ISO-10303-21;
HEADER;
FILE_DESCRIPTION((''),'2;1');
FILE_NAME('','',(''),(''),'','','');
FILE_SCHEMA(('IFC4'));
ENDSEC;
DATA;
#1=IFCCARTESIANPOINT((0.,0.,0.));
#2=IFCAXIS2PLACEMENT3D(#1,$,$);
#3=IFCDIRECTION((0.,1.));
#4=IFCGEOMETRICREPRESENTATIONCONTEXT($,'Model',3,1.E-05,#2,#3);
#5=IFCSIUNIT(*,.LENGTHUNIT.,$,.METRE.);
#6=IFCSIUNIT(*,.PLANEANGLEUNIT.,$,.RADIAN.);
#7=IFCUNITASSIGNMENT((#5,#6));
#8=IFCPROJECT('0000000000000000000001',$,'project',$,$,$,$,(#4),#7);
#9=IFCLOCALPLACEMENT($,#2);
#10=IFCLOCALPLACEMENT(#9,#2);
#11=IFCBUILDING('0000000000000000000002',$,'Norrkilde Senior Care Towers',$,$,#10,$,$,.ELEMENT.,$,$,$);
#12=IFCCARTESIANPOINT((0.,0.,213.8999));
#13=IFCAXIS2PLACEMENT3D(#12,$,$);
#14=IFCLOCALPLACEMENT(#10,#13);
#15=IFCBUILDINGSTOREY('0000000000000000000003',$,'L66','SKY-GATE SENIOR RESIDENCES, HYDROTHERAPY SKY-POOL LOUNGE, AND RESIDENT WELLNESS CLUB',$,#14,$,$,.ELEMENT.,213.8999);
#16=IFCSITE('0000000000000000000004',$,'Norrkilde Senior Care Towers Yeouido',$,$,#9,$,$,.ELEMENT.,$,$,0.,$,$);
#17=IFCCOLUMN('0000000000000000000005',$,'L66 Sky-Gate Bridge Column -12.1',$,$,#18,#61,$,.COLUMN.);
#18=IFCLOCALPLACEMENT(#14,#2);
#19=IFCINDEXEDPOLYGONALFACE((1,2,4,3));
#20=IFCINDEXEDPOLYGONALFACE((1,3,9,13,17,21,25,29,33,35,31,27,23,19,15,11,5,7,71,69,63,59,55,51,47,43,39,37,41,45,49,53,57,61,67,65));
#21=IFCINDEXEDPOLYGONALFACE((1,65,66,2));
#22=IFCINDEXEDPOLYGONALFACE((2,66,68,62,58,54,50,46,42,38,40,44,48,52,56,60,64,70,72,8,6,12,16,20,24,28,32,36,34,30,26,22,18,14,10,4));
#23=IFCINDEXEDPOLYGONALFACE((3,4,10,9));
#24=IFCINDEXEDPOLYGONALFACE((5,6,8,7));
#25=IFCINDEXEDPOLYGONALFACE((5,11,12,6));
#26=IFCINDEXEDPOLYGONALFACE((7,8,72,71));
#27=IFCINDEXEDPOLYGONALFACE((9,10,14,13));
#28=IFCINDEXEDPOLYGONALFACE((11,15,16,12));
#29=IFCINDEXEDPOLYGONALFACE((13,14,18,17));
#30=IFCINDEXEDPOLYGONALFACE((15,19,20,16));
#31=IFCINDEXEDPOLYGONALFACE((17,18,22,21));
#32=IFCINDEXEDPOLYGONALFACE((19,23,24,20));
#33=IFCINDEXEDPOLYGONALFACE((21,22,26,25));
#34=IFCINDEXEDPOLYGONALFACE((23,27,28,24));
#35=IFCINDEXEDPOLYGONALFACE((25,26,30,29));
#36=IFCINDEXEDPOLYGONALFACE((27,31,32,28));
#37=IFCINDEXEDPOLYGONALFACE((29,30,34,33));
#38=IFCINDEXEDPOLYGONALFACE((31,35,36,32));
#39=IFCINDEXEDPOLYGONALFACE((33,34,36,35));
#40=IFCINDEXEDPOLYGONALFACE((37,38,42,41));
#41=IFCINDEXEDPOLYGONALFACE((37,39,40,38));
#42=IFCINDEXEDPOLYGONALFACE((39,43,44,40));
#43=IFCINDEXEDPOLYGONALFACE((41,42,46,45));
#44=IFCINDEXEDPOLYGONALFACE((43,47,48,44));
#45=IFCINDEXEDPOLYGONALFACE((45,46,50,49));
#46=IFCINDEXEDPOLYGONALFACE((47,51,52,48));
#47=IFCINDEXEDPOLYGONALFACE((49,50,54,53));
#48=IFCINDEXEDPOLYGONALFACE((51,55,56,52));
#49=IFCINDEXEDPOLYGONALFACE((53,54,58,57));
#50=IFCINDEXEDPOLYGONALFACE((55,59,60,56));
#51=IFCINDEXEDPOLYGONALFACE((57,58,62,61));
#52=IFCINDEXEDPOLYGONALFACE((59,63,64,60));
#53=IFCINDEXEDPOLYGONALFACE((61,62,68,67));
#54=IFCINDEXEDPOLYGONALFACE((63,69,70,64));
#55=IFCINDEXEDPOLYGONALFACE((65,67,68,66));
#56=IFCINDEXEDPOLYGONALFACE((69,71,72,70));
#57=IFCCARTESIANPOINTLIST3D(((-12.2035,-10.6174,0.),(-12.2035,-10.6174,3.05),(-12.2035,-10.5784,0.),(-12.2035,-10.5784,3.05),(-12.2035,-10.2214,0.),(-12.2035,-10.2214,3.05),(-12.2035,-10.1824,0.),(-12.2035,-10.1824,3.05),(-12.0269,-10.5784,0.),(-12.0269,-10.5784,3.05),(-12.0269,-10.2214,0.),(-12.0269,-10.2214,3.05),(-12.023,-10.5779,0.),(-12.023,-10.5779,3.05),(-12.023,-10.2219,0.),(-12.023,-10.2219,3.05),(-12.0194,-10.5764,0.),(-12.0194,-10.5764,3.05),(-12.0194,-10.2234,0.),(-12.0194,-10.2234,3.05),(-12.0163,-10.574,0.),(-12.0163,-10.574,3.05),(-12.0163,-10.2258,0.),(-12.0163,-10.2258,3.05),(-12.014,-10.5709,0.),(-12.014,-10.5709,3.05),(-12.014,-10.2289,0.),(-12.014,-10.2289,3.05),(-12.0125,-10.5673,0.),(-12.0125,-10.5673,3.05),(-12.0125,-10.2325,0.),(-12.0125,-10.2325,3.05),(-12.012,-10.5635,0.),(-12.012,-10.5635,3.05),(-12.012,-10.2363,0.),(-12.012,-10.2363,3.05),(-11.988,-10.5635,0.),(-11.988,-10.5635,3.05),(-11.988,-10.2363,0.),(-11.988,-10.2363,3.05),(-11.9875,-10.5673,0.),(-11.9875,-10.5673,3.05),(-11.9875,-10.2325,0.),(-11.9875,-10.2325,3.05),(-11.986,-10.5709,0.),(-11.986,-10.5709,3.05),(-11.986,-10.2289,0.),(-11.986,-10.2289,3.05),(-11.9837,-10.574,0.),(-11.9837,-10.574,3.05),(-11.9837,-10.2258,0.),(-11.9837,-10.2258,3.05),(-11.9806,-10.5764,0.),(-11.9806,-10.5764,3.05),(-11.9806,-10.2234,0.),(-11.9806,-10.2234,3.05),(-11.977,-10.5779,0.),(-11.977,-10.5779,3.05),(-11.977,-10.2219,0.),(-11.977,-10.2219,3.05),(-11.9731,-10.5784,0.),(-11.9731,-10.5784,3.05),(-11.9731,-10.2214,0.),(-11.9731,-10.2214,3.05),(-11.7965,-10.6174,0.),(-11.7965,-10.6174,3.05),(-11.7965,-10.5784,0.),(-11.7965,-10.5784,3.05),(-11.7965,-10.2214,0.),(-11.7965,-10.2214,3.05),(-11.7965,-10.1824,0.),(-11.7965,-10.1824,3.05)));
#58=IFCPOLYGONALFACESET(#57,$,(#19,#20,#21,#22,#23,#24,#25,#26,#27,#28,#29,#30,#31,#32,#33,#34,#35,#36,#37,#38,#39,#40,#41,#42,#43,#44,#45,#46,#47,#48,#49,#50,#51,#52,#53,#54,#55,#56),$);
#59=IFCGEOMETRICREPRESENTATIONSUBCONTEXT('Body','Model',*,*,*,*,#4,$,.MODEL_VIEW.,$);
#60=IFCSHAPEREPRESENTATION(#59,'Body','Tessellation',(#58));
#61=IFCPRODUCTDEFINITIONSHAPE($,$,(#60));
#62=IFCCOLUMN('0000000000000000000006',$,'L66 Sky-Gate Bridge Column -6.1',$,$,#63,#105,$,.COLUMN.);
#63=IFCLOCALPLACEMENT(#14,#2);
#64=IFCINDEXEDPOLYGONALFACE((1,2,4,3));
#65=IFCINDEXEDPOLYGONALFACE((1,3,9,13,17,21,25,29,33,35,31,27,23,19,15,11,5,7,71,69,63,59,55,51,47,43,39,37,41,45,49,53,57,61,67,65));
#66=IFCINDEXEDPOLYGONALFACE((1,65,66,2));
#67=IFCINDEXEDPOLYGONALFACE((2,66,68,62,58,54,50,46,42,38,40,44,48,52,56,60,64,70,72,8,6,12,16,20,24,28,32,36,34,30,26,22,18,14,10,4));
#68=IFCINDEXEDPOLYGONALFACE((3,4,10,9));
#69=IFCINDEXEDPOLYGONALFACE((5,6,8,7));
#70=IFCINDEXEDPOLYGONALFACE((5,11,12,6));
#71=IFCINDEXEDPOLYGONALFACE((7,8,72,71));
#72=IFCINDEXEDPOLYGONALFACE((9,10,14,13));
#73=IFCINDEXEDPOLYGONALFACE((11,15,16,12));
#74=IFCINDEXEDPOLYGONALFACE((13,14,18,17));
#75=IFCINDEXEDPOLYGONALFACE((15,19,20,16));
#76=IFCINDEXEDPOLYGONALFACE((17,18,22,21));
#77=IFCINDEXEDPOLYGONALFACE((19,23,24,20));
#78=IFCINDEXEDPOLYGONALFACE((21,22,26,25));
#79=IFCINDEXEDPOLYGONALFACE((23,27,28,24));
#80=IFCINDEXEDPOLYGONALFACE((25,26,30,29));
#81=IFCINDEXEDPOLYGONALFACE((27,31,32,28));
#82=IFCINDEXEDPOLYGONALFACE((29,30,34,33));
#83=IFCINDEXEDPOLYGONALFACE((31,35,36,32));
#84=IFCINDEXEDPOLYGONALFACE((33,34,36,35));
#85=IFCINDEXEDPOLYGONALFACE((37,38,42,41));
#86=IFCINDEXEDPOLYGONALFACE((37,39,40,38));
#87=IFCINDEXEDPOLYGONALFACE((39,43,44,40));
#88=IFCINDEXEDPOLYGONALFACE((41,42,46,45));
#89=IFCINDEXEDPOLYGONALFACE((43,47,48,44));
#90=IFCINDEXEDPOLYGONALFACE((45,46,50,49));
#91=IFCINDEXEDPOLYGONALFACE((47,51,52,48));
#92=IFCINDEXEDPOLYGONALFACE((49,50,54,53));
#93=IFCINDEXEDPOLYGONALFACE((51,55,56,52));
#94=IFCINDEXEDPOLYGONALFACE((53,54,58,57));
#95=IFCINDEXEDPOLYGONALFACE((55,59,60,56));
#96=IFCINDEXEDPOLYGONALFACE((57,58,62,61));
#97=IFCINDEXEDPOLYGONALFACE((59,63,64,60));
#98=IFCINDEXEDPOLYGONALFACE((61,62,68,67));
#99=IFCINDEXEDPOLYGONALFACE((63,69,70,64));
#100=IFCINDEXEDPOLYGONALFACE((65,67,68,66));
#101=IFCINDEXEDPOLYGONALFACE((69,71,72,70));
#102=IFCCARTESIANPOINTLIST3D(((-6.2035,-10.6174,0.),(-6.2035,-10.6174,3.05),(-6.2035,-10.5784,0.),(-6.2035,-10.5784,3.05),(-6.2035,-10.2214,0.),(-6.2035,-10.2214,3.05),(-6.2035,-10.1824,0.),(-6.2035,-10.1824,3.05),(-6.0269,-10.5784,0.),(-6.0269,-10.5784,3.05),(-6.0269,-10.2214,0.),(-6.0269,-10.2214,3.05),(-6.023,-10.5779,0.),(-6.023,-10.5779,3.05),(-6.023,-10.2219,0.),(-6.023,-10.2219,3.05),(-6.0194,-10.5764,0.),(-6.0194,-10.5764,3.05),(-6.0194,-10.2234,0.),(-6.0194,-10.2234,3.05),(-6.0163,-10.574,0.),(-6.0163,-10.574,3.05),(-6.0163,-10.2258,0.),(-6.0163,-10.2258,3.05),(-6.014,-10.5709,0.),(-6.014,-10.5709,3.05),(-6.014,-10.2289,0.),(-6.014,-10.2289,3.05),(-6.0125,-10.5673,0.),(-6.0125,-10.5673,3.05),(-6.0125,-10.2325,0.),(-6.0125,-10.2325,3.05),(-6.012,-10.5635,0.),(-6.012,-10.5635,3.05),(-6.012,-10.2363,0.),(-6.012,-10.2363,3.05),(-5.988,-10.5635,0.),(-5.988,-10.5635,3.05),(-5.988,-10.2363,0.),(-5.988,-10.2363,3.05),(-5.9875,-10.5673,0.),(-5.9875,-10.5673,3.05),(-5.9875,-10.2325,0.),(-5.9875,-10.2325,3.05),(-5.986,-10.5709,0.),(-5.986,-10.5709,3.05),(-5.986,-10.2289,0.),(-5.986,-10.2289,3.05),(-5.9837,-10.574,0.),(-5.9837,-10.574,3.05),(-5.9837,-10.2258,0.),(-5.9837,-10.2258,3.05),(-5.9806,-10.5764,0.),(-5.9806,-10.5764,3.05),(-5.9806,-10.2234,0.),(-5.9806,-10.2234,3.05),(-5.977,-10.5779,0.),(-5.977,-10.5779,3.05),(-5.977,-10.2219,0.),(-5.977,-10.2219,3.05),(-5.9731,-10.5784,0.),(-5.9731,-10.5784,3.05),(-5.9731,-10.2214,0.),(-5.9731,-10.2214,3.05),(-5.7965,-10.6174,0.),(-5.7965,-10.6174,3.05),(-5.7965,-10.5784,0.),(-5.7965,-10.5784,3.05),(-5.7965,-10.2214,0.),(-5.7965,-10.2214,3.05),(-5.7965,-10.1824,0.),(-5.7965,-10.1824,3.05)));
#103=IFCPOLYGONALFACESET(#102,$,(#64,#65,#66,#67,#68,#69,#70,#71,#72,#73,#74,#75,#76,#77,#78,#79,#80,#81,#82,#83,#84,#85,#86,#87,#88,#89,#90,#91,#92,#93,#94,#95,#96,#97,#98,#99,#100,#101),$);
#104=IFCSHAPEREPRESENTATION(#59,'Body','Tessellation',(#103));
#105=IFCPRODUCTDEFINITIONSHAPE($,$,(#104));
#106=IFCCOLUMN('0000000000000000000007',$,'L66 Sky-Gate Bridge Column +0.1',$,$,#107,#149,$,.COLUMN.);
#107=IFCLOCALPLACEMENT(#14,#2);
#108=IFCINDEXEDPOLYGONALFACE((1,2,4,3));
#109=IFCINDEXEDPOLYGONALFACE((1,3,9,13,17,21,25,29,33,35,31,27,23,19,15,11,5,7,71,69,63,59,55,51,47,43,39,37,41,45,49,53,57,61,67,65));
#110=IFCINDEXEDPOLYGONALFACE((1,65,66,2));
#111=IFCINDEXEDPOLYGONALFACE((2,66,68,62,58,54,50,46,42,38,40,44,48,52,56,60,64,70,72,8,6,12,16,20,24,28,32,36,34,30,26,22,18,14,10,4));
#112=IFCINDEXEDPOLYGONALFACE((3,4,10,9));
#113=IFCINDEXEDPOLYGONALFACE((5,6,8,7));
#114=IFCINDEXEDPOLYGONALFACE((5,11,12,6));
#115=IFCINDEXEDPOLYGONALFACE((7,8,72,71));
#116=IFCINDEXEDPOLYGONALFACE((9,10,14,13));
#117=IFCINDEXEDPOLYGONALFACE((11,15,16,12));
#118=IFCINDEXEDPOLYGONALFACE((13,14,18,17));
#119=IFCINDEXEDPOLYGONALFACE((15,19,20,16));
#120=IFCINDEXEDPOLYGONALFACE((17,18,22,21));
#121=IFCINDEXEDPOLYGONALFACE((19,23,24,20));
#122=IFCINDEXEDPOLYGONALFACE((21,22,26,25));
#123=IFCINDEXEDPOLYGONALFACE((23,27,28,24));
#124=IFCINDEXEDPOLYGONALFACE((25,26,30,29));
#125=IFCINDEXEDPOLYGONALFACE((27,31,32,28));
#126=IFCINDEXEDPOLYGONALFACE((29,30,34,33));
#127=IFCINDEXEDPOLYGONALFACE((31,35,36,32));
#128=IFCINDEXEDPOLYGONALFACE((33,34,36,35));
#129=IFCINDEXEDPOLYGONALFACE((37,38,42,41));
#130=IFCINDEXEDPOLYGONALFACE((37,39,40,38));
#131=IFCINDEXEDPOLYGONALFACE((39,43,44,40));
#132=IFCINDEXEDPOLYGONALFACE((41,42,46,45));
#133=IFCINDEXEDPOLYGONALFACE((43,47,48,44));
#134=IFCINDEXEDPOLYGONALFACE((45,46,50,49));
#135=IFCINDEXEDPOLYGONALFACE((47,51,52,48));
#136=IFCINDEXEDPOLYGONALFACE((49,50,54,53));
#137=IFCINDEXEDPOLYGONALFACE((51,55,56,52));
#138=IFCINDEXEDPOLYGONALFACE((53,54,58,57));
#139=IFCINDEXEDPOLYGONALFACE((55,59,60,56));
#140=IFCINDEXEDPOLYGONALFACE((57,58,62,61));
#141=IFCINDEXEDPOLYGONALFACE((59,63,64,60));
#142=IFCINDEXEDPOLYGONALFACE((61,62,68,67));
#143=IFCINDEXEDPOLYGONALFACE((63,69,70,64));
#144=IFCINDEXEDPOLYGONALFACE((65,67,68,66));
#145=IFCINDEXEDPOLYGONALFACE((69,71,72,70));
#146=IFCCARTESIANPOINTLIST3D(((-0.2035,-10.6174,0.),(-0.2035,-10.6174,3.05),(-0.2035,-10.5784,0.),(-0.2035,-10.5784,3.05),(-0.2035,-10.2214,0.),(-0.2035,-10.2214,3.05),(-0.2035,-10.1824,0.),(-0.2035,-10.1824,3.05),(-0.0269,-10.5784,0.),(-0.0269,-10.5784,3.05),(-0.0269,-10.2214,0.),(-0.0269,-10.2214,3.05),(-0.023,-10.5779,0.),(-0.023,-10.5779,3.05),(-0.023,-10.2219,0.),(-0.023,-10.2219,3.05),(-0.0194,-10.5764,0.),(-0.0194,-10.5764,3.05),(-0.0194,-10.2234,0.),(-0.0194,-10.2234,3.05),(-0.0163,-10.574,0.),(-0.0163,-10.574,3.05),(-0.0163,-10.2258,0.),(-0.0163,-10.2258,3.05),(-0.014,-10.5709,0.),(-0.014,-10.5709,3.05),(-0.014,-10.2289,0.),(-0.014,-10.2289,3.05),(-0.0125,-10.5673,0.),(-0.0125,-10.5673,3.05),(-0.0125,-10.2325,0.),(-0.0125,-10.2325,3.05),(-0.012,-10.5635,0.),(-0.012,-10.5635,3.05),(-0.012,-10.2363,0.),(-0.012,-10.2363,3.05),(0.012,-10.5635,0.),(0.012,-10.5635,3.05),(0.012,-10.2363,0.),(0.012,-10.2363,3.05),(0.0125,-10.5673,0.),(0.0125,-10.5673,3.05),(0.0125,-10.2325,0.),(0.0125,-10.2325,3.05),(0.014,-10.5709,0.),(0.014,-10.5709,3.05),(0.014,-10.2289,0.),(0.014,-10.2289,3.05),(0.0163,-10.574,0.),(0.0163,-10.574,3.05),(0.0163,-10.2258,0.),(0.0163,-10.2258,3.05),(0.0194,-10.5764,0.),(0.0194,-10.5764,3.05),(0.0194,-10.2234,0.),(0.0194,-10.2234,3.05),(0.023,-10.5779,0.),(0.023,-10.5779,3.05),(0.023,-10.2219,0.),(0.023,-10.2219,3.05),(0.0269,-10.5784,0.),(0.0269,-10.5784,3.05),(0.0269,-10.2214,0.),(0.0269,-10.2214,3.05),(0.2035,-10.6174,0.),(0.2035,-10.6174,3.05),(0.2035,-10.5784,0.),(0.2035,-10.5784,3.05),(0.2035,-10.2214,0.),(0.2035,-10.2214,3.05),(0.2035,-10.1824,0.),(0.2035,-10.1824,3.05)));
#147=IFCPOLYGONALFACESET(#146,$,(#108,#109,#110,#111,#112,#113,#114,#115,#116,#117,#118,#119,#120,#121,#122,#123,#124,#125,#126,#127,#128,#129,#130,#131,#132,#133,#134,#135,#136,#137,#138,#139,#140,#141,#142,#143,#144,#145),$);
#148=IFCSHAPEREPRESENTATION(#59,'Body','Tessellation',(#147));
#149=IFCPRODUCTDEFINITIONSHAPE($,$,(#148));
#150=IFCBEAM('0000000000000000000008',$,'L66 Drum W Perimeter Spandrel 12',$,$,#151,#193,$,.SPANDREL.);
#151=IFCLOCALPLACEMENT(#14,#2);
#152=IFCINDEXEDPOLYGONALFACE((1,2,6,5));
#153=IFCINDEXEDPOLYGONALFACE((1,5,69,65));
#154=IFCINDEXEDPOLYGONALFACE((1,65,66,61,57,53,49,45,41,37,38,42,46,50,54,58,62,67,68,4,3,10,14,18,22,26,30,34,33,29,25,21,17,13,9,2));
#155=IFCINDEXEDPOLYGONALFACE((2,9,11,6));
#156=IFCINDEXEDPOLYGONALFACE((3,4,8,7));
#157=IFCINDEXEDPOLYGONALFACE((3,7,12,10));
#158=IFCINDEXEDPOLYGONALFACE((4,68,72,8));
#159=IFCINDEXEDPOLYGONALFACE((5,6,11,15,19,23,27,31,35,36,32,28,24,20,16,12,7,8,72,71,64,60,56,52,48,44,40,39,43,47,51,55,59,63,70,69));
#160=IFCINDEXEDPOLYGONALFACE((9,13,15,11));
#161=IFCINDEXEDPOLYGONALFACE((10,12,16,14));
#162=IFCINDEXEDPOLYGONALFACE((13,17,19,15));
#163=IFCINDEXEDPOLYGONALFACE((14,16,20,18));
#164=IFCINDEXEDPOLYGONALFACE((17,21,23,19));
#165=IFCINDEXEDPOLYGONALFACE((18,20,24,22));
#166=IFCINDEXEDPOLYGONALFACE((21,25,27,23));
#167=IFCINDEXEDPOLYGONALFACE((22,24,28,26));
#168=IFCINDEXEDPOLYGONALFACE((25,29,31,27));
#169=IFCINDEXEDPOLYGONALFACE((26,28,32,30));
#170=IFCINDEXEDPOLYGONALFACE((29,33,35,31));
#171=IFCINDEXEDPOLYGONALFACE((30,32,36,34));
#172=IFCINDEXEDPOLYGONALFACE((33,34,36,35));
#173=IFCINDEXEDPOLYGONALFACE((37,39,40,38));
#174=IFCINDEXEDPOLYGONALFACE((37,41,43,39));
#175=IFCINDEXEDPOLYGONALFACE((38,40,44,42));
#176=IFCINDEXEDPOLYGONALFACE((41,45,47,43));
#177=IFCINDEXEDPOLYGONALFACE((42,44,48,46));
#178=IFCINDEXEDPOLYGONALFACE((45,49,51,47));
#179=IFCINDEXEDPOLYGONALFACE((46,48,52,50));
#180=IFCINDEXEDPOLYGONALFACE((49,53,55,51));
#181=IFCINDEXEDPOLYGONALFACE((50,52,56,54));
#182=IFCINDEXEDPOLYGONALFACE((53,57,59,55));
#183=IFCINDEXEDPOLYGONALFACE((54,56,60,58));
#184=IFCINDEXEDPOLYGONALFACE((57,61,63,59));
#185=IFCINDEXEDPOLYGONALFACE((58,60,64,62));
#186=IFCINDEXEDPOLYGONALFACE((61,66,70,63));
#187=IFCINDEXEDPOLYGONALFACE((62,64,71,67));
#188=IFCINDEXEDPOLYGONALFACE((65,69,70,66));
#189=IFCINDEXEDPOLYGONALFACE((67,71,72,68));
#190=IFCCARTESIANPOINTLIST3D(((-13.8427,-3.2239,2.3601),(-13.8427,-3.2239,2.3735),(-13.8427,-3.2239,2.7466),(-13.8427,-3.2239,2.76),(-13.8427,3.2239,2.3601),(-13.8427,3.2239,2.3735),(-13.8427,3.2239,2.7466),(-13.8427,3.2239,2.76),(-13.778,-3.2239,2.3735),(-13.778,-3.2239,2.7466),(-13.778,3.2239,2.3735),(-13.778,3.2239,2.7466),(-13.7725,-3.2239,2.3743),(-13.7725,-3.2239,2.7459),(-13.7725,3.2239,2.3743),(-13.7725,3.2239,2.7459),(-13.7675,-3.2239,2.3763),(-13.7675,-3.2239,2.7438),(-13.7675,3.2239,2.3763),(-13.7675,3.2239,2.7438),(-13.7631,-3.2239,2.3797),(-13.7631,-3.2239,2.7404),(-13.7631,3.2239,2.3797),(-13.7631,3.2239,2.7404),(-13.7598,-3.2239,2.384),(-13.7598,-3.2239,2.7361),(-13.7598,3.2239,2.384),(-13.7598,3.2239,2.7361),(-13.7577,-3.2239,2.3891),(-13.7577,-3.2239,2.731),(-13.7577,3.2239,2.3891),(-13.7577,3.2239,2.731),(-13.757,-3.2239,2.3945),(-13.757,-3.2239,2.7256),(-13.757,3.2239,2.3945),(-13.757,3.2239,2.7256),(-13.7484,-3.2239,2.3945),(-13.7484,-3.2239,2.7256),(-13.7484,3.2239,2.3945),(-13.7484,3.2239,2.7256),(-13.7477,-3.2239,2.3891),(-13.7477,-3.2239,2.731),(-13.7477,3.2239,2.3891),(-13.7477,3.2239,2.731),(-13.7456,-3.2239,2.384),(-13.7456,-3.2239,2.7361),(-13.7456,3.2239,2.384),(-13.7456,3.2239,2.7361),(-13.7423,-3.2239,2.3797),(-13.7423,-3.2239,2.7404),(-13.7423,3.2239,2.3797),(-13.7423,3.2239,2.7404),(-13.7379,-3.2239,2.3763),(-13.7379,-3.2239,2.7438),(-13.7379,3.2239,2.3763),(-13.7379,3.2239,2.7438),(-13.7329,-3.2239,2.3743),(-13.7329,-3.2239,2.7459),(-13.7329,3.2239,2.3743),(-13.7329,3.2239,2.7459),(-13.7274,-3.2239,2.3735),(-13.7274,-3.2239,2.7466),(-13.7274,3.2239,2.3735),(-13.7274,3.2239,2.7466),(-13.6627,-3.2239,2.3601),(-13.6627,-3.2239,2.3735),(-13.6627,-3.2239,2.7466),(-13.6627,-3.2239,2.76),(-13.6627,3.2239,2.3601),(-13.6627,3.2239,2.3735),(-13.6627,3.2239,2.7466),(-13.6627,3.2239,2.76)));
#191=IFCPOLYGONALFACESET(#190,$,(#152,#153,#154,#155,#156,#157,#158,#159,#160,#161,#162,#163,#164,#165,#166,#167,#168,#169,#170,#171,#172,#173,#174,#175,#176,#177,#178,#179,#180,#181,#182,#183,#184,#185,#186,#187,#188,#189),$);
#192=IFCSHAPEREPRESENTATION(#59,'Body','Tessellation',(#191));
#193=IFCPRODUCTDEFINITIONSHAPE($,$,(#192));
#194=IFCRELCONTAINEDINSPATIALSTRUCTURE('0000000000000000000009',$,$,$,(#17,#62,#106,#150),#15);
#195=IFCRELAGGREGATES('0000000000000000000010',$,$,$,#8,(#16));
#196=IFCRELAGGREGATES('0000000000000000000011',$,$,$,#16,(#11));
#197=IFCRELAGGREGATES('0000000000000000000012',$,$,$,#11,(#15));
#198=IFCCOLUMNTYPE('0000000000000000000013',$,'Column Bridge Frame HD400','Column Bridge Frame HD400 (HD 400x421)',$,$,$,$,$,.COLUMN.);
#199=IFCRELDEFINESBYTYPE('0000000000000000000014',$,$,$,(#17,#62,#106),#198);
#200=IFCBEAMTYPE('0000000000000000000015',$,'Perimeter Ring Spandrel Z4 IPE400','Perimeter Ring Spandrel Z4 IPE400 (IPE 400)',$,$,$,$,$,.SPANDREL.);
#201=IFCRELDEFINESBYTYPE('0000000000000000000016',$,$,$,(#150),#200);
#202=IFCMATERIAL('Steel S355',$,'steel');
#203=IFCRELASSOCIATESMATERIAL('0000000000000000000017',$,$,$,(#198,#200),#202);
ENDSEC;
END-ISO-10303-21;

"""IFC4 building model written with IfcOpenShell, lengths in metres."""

from ifc_helpers import new_model, si_unit, direction, frame, origin, origin_2d, place, context, subcontext, project, spatial, i_section, extrude, source, transform, mapped, material, material_profile, profile_set, type_object, type_shapes, element, save


model = new_model("IFC4")

# Units and contexts
model_context = context("Model", 3, precision=1e-05, world=origin(), true_north=direction((0.0, 1.0)))
body_context = subcontext(model_context, "Body", "Model", "MODEL_VIEW")
ifc_project = project(units=[si_unit("LENGTHUNIT", "METRE"), si_unit("PLANEANGLEUNIT", "RADIAN")], contexts=[model_context])

# Site, building, storey
site_placement = place(None, origin())
site = spatial("IfcSite", under=ifc_project, at=site_placement, Name="Norrkilde Senior Care Towers Yeouido", CompositionType="ELEMENT", RefElevation=0.0)
building_placement = place(site_placement, origin())
building = spatial("IfcBuilding", under=site, at=building_placement, Name="Norrkilde Senior Care Towers", CompositionType="ELEMENT")
storey_placement = place(building_placement, frame((0.0, 0.0, 213.8999)))
storey = spatial("IfcBuildingStorey", under=building, at=storey_placement, Name="L66", Description="SKY-GATE SENIOR RESIDENCES, HYDROTHERAPY SKY-POOL LOUNGE, AND RESIDENT WELLNESS CLUB", CompositionType="ELEMENT", Elevation=213.8999)

# Columns
ifc_material_1 = material(Name="Steel S355", Category="steel")
ifc_material_profile_1 = material_profile(ifc_material_1, i_section(OverallWidth=0.407, OverallDepth=0.4351, WebThickness=0.0239, FlangeThickness=0.0391, FilletRadius=0.0149, at=origin_2d()), Name="HD 400x421")
ifc_profile_set_1 = profile_set([ifc_material_profile_1], Name="Steel S355")
column_type = type_object("IfcColumnType", Name="Column Bridge Frame HD400", Description="Column Bridge Frame HD400 (HD 400x421)", PredefinedType="COLUMN", material=ifc_profile_set_1)
shared_shape_1 = source(origin(), body_context, "Body", "SweptSolid", [
    extrude(i_section(OverallWidth=0.407, OverallDepth=0.4351, WebThickness=0.0239, FlangeThickness=0.0391, FilletRadius=0.0149, at=origin_2d()), origin(), (0.0, 0.0, 1.0), 3.05),
])
type_shapes(column_type, [shared_shape_1])
for number, where, z_axis, x_axis, name in (
    (1, (-12.0, -10.3999, 0.0), (0.0, 0.0, 1.0), (1.0, 0.0, 0.0), "L66 Sky-Gate Bridge Column -12.1"),
    (2, (-6.0, -10.3999, 0.0), (0.0, 0.0, 1.0), (1.0, 0.0, 0.0), "L66 Sky-Gate Bridge Column -6.1"),
    (3, (0.0, -10.3999, 0.0), (0.0, 0.0, 1.0), (1.0, 0.0, 0.0), "L66 Sky-Gate Bridge Column +0.1"),
):
    element("IfcColumn", number, at=place(storey_placement, frame(where, z_axis=z_axis, x_axis=x_axis)), inside=storey, type_object=column_type, Name=name, PredefinedType="COLUMN", context=body_context, shape_type="MappedRepresentation", body=[
        mapped(shared_shape_1, transform((0.0, 0.0, 0.0), x_axis=(1.0, 0.0, 0.0), y_axis=(0.0, 1.0, 0.0), z_axis=(0.0, 0.0, 1.0), scale=1.0)),
    ])

# Beam
ifc_material_profile_2 = material_profile(ifc_material_1, i_section(OverallWidth=0.1799, OverallDepth=0.3999, WebThickness=0.0085, FlangeThickness=0.0134, FilletRadius=0.021, at=origin_2d()), Name="IPE 400")
ifc_profile_set_2 = profile_set([ifc_material_profile_2], Name="Steel S355")
beam_type_1 = type_object("IfcBeamType", Name="Perimeter Ring Spandrel Z4 IPE400", Description="Perimeter Ring Spandrel Z4 IPE400 (IPE 400)", PredefinedType="SPANDREL", material=ifc_profile_set_2)
shared_shape_2 = source(origin(), body_context, "Body", "SweptSolid", [
    extrude(i_section(OverallWidth=0.1799, OverallDepth=0.3999, WebThickness=0.0085, FlangeThickness=0.0134, FilletRadius=0.021, at=origin_2d()), origin(), (0.0, 0.0, 1.0), 6.4478),
])
type_shapes(beam_type_1, [shared_shape_2])
beam_1_placement = place(storey_placement, frame((-13.7527, -3.2239, 2.5601), z_axis=(0.0, 1.0, 0.0), x_axis=(-1.0, 0.0, 0.0)))
element("IfcBeam", 4, at=beam_1_placement, inside=storey, type_object=beam_type_1, Name="L66 Drum W Perimeter Spandrel 12", PredefinedType="SPANDREL", context=body_context, shape_type="MappedRepresentation", body=[
    mapped(shared_shape_2, transform((0.0, 0.0, 0.0), x_axis=(1.0, 0.0, 0.0), y_axis=(0.0, 1.0, 0.0), z_axis=(0.0, 0.0, 1.0), scale=1.0)),
])

save(model, "model.ifc")
